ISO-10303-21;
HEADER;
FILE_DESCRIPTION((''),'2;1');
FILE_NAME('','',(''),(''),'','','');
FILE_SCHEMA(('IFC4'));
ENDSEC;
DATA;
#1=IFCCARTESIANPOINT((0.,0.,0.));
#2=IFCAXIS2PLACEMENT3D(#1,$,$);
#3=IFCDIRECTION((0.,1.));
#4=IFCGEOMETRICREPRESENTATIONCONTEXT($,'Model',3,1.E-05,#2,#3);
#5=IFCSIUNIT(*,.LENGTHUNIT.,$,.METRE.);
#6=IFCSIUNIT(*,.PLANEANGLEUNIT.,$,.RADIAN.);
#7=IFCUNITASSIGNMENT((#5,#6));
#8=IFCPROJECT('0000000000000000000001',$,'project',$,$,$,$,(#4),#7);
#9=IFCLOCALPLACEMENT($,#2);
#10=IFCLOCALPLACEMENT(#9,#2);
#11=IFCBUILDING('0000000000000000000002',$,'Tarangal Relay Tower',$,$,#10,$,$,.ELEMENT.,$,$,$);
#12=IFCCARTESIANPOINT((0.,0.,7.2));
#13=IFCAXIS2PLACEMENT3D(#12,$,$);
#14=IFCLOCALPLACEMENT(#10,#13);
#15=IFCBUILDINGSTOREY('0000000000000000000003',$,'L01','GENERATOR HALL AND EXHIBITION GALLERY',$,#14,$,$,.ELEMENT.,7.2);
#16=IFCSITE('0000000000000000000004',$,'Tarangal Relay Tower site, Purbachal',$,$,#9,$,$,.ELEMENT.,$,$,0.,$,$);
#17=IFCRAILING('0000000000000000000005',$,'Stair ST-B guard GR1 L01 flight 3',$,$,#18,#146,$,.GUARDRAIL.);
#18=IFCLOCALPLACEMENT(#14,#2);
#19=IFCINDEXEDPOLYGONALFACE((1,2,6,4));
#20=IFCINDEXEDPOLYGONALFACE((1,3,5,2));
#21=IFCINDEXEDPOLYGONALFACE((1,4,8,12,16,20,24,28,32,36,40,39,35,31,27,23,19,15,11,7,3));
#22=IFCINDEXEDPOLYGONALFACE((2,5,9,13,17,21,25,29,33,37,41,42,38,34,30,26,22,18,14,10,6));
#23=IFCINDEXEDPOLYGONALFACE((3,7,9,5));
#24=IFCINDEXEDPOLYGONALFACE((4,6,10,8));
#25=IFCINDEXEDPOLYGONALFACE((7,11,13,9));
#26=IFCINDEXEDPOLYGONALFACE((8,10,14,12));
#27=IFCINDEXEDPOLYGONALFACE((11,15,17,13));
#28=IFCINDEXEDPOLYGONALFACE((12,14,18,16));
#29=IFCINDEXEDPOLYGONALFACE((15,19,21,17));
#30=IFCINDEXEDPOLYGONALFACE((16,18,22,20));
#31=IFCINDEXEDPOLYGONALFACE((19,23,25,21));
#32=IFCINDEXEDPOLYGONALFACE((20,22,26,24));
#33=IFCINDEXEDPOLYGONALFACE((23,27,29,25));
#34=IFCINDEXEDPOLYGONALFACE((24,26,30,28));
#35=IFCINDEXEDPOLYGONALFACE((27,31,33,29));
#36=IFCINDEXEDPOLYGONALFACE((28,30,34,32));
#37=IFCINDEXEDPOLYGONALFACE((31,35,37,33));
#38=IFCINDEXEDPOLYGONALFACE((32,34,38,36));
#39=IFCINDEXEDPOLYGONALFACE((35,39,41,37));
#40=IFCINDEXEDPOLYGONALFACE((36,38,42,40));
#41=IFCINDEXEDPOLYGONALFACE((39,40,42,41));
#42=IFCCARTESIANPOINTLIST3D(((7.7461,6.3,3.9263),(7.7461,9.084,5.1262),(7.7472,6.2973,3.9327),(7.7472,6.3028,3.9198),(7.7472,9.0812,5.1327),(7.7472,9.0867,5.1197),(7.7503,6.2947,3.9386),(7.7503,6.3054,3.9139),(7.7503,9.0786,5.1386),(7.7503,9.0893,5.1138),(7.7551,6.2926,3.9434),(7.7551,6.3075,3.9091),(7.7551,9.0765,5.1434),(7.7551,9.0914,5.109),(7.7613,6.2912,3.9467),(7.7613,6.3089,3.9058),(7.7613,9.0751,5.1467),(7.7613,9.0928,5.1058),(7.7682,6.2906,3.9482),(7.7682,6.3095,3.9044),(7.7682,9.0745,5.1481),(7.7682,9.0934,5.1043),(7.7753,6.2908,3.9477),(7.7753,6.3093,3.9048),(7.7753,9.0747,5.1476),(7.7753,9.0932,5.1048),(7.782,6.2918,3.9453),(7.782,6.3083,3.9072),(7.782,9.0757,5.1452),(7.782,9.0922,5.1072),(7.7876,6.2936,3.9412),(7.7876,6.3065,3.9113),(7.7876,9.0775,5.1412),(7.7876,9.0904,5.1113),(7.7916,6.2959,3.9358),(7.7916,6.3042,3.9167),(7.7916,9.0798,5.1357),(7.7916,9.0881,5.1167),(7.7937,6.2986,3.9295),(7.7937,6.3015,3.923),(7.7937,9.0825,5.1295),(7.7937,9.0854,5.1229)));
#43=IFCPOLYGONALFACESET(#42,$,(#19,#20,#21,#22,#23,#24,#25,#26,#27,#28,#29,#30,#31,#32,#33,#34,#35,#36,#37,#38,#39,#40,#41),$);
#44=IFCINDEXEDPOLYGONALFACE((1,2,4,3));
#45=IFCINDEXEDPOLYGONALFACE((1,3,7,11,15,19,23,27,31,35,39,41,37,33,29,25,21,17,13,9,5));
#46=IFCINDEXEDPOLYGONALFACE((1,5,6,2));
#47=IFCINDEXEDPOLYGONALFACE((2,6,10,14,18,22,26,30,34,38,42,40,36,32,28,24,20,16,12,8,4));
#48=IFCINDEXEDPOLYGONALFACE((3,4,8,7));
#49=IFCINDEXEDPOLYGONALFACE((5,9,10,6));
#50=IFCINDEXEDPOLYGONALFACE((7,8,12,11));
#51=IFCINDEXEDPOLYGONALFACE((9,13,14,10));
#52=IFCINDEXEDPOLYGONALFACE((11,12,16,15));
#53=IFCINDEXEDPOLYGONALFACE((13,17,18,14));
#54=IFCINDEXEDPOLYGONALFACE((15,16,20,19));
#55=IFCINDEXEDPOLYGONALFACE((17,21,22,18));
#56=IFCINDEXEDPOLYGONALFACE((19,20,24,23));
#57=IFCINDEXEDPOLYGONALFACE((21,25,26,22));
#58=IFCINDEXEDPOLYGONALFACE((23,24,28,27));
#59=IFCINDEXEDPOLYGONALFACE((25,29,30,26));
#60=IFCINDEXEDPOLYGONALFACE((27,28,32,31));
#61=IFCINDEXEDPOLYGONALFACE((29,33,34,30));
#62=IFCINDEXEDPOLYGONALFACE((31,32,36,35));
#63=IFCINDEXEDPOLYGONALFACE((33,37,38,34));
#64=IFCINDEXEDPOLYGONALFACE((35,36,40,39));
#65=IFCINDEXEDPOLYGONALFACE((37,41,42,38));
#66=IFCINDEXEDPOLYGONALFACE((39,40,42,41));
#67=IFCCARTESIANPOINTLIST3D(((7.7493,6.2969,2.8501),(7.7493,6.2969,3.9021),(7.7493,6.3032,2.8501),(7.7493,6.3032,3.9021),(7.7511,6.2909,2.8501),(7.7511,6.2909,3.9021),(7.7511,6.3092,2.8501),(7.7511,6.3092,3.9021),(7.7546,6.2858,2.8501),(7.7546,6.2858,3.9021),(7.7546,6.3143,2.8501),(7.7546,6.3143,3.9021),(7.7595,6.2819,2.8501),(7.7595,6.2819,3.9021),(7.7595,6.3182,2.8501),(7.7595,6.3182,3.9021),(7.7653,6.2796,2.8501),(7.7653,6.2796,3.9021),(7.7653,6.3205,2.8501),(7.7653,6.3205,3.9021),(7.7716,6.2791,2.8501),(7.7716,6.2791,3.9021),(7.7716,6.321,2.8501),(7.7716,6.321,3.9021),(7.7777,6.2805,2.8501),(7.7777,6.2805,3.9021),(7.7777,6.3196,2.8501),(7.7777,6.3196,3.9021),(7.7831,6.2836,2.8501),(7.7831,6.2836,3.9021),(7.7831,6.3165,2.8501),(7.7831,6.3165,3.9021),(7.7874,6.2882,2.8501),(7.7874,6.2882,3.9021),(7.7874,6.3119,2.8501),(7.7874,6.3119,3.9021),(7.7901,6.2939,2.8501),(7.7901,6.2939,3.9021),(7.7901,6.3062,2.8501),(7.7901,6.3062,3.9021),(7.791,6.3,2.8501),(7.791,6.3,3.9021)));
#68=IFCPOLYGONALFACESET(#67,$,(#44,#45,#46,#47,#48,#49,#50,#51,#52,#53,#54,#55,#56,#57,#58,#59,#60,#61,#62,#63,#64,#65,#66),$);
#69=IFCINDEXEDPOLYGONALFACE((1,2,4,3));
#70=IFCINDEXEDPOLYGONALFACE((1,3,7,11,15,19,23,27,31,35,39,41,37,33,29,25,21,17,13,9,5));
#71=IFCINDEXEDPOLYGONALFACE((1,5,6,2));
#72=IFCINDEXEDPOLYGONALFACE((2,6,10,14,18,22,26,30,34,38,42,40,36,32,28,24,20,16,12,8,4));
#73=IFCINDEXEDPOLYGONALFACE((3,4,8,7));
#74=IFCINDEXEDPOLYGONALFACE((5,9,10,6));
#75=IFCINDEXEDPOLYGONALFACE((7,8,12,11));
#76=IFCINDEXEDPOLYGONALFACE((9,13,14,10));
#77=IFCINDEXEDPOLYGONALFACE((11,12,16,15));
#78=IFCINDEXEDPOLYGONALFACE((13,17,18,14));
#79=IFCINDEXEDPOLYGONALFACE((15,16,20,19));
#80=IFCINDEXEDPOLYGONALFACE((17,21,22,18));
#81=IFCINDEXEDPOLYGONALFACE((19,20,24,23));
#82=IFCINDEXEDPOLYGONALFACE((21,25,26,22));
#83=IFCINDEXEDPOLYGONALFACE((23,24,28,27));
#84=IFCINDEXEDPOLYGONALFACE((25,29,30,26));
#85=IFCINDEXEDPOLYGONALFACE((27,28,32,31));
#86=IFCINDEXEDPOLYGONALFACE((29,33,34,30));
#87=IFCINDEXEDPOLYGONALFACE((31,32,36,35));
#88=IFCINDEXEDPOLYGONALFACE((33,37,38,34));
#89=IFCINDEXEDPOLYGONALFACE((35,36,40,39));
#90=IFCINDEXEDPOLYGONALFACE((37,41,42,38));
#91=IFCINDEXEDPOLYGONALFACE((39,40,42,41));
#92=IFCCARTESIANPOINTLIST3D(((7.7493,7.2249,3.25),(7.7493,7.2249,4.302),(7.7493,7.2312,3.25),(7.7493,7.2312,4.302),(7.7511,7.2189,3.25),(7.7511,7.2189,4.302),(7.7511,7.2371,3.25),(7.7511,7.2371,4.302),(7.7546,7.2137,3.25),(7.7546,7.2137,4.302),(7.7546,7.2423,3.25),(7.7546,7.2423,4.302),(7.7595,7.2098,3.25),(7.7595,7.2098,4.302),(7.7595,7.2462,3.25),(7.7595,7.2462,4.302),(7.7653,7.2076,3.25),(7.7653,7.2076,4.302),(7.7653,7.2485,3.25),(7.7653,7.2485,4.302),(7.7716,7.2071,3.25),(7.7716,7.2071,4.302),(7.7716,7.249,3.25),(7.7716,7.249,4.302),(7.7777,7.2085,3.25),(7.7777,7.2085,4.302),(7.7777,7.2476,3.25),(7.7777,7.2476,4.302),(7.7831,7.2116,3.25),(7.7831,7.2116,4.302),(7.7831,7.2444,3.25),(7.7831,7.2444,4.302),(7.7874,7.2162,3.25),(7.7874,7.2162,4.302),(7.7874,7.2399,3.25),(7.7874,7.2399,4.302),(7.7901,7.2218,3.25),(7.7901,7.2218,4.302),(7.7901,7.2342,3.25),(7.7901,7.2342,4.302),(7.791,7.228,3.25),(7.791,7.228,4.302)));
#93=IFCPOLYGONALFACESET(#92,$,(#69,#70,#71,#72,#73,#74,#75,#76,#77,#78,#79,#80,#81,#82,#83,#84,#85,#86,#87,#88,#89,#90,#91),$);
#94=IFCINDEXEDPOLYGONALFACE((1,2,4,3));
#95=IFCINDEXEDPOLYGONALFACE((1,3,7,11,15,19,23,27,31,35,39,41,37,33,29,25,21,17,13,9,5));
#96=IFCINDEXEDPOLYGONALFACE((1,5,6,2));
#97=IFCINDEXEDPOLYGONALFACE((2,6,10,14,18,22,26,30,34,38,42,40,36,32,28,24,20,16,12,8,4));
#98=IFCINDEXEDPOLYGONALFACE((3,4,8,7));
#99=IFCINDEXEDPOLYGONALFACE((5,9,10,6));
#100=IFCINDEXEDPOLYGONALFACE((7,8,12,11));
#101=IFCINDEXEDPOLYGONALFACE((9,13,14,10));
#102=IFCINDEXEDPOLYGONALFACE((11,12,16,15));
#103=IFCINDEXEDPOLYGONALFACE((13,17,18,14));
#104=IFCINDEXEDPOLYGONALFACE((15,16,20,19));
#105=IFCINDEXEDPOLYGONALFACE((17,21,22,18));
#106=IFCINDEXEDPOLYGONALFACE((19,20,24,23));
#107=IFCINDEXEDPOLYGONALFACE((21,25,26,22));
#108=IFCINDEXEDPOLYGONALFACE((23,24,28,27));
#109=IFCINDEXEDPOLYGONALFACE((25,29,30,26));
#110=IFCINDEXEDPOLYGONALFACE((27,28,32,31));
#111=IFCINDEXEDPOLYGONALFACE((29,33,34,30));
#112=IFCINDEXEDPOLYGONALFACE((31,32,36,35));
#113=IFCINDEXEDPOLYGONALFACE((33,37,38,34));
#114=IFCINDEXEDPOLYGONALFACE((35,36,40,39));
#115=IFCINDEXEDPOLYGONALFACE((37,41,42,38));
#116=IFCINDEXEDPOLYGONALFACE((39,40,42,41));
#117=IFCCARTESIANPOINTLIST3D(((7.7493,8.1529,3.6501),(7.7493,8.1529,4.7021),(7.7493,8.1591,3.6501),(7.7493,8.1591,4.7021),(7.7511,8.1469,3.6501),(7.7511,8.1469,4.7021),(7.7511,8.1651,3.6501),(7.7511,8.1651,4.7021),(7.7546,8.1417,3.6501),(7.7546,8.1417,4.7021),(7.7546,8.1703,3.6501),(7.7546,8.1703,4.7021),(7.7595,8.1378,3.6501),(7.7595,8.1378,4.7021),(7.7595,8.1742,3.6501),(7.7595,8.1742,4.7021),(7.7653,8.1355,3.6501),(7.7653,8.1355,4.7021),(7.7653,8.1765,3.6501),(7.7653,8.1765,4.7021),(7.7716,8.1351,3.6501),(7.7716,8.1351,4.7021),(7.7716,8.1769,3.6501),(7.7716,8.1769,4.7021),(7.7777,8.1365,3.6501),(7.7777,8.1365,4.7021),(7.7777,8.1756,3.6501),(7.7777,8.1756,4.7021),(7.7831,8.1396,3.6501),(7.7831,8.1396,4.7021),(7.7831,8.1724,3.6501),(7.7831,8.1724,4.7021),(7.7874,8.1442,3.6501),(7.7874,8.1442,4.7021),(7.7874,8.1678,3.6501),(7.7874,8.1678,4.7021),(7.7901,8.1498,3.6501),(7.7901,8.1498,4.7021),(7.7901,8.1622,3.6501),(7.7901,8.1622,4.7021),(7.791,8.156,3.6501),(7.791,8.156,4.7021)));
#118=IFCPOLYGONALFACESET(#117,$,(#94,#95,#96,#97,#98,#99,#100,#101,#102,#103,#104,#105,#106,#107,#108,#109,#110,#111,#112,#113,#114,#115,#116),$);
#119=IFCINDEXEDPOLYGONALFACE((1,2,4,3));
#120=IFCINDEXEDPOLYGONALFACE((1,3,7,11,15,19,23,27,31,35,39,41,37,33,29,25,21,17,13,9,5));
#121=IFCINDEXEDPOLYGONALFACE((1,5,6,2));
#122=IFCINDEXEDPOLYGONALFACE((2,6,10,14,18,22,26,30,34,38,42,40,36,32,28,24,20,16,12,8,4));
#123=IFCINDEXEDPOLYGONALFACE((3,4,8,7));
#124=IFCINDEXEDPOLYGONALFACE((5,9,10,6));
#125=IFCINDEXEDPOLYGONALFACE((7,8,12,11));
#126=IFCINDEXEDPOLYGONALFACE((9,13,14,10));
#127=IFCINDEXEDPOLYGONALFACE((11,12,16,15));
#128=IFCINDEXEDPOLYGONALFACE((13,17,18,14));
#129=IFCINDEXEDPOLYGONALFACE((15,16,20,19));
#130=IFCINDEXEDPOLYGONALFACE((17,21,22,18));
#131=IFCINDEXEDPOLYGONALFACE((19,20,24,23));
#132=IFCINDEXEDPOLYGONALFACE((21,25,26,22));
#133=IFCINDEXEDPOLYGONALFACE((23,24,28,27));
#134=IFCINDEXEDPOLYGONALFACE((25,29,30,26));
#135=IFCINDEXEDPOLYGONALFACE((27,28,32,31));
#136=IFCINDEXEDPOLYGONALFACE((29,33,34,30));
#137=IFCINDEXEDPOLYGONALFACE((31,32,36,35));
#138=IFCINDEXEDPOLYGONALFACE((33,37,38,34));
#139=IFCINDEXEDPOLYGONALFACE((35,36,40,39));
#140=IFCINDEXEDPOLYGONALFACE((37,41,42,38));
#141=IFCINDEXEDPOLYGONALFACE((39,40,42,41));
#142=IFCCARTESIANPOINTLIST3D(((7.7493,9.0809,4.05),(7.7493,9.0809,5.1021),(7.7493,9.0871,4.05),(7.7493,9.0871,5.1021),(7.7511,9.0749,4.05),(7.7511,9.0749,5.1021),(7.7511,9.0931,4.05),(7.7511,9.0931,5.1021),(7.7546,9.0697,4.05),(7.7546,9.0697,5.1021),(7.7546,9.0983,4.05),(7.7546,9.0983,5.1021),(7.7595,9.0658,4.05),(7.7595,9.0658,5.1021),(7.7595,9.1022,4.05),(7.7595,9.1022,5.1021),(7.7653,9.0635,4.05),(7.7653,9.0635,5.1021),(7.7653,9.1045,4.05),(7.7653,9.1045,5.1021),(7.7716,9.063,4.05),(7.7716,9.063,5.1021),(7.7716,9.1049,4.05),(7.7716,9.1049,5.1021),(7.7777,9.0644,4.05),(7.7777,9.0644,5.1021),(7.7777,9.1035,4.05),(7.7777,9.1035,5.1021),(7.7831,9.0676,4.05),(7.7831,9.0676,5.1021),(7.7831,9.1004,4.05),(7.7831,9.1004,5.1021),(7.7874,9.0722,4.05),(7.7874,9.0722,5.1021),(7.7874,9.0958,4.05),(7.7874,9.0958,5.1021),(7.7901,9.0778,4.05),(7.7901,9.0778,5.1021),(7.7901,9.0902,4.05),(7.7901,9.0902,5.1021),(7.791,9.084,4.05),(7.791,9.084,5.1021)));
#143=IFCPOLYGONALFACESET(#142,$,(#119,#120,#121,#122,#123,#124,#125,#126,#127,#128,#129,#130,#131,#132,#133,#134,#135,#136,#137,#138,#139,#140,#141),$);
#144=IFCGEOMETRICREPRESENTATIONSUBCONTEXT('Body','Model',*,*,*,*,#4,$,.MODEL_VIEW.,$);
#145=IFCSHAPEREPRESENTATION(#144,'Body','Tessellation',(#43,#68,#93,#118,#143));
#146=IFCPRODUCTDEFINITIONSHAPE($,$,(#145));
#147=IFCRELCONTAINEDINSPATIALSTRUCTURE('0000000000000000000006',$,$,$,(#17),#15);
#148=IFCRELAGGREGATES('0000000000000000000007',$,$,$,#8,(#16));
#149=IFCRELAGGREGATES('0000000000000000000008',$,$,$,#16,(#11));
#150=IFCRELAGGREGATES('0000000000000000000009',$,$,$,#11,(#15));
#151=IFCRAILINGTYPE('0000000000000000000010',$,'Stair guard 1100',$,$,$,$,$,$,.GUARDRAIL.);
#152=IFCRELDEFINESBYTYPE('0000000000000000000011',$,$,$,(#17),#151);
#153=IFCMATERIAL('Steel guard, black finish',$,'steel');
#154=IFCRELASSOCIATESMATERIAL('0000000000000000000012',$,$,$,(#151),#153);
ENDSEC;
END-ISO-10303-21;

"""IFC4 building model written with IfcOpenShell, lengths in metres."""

from ifc_helpers import new_model, si_unit, direction, frame, origin, origin_2d, place, context, subcontext, project, spatial, circle, extrude, material, type_object, element, save


model = new_model("IFC4")

# Units and contexts
model_context = context("Model", 3, precision=1e-05, world=origin(), true_north=direction((0.0, 1.0)))
body_context = subcontext(model_context, "Body", "Model", "MODEL_VIEW")
ifc_project = project(units=[si_unit("LENGTHUNIT", "METRE"), si_unit("PLANEANGLEUNIT", "RADIAN")], contexts=[model_context])

# Site, building, storey
site_placement = place(None, origin())
site = spatial("IfcSite", under=ifc_project, at=site_placement, Name="Tarangal Relay Tower site, Purbachal", CompositionType="ELEMENT", RefElevation=0.0)
building_placement = place(site_placement, origin())
building = spatial("IfcBuilding", under=site, at=building_placement, Name="Tarangal Relay Tower", CompositionType="ELEMENT")
storey_placement = place(building_placement, frame((0.0, 0.0, 7.2)))
storey = spatial("IfcBuildingStorey", under=building, at=storey_placement, Name="L01", Description="GENERATOR HALL AND EXHIBITION GALLERY", CompositionType="ELEMENT", Elevation=7.2)

# Railing
ifc_material_1 = material(Name="Steel guard, black finish", Category="steel")
railing_type_1 = type_object("IfcRailingType", Name="Stair guard 1100", PredefinedType="GUARDRAIL", material=ifc_material_1)
railing_1_placement = place(storey_placement, frame((7.77, 6.3, 2.8501)))
element("IfcRailing", 1, at=railing_1_placement, inside=storey, type_object=railing_type_1, Name="Stair ST-B guard GR1 L01 flight 3", PredefinedType="GUARDRAIL", context=body_context, shape_type="SweptSolid", body=[
    extrude(circle(Radius=0.0239, at=origin_2d()), frame((0.0, 0.0, 1.0762), z_axis=(0.0, 0.918327, 0.395823), x_axis=(-1.0, 0.0, 0.0)), (0.0, 0.0, 1.0), 3.0315),
    extrude(circle(Radius=0.021, at=origin_2d()), origin(), (0.0, 0.0, 1.0), 1.052),
    extrude(circle(Radius=0.021, at=origin_2d()), frame((0.0, 0.928, 0.3999)), (0.0, 0.0, 1.0), 1.052),
    extrude(circle(Radius=0.021, at=origin_2d()), frame((0.0, 1.856, 0.8)), (0.0, 0.0, 1.0), 1.052),
    extrude(circle(Radius=0.021, at=origin_2d()), frame((0.0, 2.7839, 1.2)), (0.0, 0.0, 1.0), 1.052),
])

save(model, "model.ifc")
